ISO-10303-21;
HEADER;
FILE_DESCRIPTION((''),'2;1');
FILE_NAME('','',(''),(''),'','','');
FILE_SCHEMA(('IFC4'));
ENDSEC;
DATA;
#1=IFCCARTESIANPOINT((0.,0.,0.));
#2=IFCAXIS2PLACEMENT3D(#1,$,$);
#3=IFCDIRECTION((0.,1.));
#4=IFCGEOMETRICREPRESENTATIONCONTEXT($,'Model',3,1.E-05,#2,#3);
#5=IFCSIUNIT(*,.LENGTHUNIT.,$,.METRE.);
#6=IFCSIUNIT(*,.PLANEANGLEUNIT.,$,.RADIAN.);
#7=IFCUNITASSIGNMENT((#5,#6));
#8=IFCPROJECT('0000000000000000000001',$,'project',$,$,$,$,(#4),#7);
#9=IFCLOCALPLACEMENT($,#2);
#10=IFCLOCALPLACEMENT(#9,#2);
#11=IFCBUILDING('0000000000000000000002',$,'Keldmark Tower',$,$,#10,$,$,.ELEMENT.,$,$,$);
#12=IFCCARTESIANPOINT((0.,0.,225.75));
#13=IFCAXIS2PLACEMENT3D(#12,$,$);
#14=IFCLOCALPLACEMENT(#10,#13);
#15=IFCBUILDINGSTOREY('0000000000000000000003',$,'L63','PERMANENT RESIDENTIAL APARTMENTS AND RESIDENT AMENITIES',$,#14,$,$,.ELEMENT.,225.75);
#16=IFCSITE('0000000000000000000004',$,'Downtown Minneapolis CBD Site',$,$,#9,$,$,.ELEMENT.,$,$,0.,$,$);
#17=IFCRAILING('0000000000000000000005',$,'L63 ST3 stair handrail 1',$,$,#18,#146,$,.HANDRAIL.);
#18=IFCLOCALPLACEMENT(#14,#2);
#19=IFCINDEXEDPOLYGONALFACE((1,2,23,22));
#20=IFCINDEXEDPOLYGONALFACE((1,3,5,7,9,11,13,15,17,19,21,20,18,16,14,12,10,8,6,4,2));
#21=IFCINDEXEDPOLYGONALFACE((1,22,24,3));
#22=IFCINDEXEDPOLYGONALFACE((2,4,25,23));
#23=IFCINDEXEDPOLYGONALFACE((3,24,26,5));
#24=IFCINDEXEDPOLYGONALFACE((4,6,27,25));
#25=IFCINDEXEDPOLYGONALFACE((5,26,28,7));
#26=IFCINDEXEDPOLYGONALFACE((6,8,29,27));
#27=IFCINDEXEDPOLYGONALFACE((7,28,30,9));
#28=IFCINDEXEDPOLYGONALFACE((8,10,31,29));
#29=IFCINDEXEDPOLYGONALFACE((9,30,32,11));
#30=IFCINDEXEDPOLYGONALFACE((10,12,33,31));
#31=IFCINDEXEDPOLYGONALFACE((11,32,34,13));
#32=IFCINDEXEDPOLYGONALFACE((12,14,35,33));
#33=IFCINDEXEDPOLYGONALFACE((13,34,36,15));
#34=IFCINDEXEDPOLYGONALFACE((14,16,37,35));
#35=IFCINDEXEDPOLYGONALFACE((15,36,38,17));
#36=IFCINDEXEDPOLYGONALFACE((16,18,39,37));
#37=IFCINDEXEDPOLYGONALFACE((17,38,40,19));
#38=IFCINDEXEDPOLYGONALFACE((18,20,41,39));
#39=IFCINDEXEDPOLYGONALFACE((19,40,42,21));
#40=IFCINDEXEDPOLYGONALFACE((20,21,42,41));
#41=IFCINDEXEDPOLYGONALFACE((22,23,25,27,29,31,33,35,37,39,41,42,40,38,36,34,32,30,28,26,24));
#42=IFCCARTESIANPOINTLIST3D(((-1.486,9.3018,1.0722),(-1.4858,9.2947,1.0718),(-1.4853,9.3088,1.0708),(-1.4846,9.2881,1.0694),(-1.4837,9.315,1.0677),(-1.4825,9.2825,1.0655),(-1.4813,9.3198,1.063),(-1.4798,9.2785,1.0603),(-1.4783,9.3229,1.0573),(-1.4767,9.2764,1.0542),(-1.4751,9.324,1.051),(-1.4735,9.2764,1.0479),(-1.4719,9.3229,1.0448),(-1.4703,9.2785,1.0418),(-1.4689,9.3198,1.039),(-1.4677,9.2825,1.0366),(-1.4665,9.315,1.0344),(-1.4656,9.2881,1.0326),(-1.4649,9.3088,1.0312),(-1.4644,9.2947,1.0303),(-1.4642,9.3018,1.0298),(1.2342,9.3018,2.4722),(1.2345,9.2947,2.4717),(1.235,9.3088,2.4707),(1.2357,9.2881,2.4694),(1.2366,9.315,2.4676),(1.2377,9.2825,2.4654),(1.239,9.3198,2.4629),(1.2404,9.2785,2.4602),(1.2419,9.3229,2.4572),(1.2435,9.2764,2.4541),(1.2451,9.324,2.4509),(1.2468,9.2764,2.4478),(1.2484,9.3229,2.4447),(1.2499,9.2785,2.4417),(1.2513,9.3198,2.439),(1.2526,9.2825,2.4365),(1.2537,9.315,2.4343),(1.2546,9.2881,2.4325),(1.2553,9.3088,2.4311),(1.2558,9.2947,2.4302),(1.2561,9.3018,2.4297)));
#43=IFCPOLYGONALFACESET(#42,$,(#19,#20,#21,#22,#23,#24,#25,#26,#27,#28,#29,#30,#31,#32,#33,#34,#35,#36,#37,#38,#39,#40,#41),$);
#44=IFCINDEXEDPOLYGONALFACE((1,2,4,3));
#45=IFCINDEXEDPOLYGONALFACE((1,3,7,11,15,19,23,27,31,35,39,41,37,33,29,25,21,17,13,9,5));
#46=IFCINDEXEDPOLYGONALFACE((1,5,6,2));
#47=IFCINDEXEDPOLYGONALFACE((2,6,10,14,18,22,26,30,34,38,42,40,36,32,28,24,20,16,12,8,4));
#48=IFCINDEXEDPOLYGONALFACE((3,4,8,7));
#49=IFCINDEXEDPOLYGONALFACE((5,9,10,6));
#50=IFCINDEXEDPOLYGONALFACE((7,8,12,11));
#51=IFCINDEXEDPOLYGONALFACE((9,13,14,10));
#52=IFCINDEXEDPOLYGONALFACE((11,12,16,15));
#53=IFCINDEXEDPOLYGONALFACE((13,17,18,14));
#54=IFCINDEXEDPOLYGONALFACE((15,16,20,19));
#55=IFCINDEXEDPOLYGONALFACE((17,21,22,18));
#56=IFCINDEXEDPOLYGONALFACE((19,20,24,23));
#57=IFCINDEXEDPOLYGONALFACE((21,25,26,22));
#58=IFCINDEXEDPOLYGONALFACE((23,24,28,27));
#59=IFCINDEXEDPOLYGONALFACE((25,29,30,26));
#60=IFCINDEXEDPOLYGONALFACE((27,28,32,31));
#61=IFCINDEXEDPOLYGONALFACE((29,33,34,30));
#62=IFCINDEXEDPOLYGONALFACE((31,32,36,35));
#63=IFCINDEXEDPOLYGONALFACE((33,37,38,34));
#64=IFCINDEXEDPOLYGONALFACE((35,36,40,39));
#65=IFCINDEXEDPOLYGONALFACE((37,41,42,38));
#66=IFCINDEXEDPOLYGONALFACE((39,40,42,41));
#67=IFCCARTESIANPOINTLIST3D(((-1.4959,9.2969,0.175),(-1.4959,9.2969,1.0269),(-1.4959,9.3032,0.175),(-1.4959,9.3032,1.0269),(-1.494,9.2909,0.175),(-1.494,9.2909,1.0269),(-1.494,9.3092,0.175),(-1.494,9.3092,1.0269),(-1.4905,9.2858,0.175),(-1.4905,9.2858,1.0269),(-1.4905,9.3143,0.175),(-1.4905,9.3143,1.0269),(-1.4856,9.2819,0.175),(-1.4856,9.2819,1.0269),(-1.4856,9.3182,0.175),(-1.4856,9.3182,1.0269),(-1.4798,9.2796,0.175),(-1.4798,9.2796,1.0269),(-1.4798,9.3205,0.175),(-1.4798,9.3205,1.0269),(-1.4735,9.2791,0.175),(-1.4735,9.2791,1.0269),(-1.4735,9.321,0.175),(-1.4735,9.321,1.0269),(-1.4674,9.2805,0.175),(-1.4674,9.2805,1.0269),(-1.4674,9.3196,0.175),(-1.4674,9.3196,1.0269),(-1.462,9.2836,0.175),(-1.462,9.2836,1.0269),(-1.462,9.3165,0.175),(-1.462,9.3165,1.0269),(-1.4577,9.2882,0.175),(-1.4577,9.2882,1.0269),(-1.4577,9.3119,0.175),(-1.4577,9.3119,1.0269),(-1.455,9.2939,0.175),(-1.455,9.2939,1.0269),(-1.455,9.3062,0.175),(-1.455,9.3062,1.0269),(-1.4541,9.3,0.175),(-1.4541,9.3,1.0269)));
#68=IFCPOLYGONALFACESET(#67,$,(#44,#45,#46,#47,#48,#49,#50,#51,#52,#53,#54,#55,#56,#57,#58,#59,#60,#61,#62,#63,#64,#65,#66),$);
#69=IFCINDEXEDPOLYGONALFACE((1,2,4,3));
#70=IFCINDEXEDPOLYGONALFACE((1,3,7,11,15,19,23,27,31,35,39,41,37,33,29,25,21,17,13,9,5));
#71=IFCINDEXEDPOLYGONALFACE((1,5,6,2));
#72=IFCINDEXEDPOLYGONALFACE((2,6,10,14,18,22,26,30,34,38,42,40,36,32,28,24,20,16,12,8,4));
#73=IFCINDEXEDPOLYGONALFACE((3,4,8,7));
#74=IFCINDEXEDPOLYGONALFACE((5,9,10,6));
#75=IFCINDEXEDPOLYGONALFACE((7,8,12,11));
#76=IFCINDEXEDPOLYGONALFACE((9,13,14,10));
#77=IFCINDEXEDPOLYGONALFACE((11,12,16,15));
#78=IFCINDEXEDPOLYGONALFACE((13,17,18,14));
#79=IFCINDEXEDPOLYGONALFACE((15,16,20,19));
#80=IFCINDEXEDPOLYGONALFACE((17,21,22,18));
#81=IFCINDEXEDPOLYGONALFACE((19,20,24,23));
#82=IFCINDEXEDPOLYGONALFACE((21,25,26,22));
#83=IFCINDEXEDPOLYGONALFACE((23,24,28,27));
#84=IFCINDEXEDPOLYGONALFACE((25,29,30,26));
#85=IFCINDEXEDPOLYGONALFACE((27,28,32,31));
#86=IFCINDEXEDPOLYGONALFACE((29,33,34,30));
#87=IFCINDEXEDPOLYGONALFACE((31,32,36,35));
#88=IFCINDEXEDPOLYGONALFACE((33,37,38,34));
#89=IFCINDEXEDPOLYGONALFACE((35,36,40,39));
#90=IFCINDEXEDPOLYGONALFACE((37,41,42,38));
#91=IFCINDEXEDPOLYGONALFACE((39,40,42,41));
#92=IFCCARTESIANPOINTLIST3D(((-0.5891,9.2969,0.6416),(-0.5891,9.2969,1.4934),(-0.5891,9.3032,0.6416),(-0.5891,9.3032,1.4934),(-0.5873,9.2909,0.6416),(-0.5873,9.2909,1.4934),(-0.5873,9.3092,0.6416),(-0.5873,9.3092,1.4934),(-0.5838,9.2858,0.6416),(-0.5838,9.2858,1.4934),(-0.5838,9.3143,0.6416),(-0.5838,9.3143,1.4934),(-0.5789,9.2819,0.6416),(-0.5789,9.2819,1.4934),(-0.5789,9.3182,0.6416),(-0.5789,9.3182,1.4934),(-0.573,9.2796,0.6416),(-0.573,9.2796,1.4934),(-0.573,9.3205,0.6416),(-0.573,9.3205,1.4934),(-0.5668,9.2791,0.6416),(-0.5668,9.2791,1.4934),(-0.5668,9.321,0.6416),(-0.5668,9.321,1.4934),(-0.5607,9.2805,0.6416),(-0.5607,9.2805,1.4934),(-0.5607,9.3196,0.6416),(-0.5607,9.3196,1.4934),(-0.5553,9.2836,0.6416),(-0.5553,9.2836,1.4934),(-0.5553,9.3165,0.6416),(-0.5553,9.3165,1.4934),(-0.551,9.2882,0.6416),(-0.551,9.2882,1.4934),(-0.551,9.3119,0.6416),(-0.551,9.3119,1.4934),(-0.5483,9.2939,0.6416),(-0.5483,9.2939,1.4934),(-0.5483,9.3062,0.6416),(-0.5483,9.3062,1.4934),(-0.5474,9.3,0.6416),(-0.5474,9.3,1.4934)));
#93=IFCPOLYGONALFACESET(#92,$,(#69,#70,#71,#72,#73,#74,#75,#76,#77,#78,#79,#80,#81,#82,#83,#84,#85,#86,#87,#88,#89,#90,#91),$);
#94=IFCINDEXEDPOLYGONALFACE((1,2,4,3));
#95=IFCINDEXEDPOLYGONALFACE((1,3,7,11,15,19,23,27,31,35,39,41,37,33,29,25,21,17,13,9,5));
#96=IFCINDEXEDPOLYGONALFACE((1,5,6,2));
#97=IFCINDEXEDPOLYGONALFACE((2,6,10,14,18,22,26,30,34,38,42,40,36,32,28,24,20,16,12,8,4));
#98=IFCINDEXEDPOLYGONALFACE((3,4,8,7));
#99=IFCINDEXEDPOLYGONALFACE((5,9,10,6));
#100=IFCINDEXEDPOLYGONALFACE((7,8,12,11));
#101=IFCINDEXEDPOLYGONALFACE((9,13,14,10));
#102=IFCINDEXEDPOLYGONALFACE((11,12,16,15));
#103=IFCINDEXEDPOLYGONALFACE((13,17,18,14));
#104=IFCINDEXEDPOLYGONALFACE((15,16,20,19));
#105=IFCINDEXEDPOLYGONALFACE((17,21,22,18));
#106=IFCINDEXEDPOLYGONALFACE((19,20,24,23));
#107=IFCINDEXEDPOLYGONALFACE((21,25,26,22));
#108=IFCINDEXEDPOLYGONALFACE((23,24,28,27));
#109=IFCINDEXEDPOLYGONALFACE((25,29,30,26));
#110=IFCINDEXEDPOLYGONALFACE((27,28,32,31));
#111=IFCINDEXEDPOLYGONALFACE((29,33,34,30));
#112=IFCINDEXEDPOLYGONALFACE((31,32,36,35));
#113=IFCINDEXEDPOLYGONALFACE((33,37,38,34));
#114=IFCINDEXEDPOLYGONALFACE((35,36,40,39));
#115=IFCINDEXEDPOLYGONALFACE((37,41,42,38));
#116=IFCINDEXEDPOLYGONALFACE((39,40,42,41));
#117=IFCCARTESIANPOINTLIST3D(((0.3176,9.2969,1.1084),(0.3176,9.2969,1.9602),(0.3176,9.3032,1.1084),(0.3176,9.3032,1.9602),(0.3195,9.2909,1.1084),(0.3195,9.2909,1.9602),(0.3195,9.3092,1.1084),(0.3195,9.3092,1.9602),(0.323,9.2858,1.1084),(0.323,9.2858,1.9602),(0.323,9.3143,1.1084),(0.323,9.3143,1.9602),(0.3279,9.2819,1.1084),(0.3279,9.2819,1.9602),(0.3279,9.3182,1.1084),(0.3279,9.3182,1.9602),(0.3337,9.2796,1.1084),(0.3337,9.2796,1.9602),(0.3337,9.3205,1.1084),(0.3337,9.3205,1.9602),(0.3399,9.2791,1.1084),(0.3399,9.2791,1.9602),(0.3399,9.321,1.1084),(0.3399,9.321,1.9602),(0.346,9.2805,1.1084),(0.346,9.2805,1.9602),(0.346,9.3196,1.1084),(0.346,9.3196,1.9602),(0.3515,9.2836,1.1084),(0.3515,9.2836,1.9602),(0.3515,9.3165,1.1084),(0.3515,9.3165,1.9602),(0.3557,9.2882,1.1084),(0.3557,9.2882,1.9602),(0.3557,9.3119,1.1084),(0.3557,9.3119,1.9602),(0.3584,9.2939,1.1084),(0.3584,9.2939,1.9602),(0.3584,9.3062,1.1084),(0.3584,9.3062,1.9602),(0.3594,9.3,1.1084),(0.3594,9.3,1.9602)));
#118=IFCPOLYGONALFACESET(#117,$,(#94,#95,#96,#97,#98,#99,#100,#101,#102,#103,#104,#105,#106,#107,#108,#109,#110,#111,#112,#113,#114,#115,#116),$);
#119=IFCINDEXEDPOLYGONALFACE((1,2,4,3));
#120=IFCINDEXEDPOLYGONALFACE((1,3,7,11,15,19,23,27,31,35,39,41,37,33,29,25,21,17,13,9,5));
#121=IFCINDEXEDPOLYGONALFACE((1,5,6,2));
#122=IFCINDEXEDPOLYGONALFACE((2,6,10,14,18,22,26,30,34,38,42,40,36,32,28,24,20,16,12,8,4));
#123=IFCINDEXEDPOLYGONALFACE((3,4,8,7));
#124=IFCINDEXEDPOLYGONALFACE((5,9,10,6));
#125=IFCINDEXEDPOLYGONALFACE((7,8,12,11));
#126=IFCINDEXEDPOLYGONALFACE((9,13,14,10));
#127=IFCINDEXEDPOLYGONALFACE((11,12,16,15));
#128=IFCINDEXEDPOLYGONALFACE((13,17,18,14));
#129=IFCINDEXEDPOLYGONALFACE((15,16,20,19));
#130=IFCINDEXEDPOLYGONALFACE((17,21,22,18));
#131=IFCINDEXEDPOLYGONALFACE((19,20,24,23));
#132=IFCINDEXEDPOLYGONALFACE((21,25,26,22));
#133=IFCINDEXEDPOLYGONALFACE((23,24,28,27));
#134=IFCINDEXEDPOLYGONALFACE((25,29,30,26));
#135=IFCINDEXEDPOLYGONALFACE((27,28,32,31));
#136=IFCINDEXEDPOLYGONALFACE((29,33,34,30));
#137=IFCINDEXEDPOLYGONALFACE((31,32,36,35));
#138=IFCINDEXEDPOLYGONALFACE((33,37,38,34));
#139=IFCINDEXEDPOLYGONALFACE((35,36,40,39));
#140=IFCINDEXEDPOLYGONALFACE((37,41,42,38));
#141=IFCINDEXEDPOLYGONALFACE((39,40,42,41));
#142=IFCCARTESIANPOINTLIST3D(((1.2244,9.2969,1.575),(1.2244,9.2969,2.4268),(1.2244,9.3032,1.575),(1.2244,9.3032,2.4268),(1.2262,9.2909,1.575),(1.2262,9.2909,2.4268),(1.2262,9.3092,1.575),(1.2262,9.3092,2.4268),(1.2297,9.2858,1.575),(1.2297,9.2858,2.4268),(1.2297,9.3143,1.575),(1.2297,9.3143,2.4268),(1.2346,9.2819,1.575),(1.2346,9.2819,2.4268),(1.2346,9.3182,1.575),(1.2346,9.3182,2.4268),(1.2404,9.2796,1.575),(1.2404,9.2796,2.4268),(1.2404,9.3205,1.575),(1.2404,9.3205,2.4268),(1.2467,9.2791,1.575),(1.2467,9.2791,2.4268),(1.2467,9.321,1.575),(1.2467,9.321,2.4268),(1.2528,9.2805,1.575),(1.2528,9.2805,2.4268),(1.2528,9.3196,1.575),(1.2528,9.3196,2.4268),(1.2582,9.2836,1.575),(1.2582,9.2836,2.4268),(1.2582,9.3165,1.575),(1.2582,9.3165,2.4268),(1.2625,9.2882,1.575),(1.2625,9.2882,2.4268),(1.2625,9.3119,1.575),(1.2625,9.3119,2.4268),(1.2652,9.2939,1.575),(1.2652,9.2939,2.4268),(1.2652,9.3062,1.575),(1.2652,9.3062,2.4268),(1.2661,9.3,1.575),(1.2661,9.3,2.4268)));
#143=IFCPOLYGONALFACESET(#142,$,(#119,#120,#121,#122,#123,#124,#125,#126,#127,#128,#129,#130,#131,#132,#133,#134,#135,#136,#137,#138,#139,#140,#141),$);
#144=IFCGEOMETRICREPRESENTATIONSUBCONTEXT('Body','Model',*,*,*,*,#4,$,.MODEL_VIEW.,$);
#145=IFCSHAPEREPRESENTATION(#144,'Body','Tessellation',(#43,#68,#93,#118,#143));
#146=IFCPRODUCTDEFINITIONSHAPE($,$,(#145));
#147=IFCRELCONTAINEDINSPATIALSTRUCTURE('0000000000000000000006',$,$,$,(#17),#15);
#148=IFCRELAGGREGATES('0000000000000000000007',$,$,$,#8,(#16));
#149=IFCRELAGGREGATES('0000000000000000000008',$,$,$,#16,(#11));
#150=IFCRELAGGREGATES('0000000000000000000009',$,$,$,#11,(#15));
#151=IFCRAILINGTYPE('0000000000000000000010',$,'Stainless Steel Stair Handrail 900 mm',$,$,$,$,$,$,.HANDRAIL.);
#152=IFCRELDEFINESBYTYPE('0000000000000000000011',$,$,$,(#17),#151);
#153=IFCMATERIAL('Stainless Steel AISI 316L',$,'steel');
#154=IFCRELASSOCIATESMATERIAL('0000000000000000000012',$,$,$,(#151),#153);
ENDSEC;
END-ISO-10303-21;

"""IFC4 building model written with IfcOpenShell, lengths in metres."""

from ifc_helpers import new_model, si_unit, direction, frame, origin, origin_2d, place, context, subcontext, project, spatial, circle, extrude, material, type_object, element, save


model = new_model("IFC4")

# Units and contexts
model_context = context("Model", 3, precision=1e-05, world=origin(), true_north=direction((0.0, 1.0)))
body_context = subcontext(model_context, "Body", "Model", "MODEL_VIEW")
ifc_project = project(units=[si_unit("LENGTHUNIT", "METRE"), si_unit("PLANEANGLEUNIT", "RADIAN")], contexts=[model_context])

# Site, building, storey
site_placement = place(None, origin())
site = spatial("IfcSite", under=ifc_project, at=site_placement, Name="Downtown Minneapolis CBD Site", CompositionType="ELEMENT", RefElevation=0.0)
building_placement = place(site_placement, origin())
building = spatial("IfcBuilding", under=site, at=building_placement, Name="Keldmark Tower", CompositionType="ELEMENT")
storey_placement = place(building_placement, frame((0.0, 0.0, 225.75)))
storey = spatial("IfcBuildingStorey", under=building, at=storey_placement, Name="L63", Description="PERMANENT RESIDENTIAL APARTMENTS AND RESIDENT AMENITIES", CompositionType="ELEMENT", Elevation=225.75)

# Railing
ifc_material_1 = material(Name="Stainless Steel AISI 316L", Category="steel")
railing_type_1 = type_object("IfcRailingType", Name="Stainless Steel Stair Handrail 900 mm", PredefinedType="HANDRAIL", material=ifc_material_1)
railing_1_placement = place(storey_placement, frame((-1.4751, 9.3, 0.175)))
element("IfcRailing", 1, at=railing_1_placement, inside=storey, type_object=railing_type_1, Name="L63 ST3 stair handrail 1", PredefinedType="HANDRAIL", context=body_context, shape_type="SweptSolid", body=[
    extrude(circle(Radius=0.0239, at=origin_2d()), frame((0.0, 0.0, 0.876), z_axis=(0.889164, 0.0, 0.45759), x_axis=(0.0, 1.0, 0.0)), (0.0, 0.0, 1.0), 3.0593),
    extrude(circle(Radius=0.021, at=origin_2d()), origin(), (0.0, 0.0, 1.0), 0.8518),
    extrude(circle(Radius=0.021, at=origin_2d()), frame((0.9067, 0.0, 0.4666)), (0.0, 0.0, 1.0), 0.8518),
    extrude(circle(Radius=0.021, at=origin_2d()), frame((1.8135, 0.0, 0.9333)), (0.0, 0.0, 1.0), 0.8518),
    extrude(circle(Radius=0.021, at=origin_2d()), frame((2.7202, 0.0, 1.3999)), (0.0, 0.0, 1.0), 0.8518),
])

save(model, "model.ifc")
